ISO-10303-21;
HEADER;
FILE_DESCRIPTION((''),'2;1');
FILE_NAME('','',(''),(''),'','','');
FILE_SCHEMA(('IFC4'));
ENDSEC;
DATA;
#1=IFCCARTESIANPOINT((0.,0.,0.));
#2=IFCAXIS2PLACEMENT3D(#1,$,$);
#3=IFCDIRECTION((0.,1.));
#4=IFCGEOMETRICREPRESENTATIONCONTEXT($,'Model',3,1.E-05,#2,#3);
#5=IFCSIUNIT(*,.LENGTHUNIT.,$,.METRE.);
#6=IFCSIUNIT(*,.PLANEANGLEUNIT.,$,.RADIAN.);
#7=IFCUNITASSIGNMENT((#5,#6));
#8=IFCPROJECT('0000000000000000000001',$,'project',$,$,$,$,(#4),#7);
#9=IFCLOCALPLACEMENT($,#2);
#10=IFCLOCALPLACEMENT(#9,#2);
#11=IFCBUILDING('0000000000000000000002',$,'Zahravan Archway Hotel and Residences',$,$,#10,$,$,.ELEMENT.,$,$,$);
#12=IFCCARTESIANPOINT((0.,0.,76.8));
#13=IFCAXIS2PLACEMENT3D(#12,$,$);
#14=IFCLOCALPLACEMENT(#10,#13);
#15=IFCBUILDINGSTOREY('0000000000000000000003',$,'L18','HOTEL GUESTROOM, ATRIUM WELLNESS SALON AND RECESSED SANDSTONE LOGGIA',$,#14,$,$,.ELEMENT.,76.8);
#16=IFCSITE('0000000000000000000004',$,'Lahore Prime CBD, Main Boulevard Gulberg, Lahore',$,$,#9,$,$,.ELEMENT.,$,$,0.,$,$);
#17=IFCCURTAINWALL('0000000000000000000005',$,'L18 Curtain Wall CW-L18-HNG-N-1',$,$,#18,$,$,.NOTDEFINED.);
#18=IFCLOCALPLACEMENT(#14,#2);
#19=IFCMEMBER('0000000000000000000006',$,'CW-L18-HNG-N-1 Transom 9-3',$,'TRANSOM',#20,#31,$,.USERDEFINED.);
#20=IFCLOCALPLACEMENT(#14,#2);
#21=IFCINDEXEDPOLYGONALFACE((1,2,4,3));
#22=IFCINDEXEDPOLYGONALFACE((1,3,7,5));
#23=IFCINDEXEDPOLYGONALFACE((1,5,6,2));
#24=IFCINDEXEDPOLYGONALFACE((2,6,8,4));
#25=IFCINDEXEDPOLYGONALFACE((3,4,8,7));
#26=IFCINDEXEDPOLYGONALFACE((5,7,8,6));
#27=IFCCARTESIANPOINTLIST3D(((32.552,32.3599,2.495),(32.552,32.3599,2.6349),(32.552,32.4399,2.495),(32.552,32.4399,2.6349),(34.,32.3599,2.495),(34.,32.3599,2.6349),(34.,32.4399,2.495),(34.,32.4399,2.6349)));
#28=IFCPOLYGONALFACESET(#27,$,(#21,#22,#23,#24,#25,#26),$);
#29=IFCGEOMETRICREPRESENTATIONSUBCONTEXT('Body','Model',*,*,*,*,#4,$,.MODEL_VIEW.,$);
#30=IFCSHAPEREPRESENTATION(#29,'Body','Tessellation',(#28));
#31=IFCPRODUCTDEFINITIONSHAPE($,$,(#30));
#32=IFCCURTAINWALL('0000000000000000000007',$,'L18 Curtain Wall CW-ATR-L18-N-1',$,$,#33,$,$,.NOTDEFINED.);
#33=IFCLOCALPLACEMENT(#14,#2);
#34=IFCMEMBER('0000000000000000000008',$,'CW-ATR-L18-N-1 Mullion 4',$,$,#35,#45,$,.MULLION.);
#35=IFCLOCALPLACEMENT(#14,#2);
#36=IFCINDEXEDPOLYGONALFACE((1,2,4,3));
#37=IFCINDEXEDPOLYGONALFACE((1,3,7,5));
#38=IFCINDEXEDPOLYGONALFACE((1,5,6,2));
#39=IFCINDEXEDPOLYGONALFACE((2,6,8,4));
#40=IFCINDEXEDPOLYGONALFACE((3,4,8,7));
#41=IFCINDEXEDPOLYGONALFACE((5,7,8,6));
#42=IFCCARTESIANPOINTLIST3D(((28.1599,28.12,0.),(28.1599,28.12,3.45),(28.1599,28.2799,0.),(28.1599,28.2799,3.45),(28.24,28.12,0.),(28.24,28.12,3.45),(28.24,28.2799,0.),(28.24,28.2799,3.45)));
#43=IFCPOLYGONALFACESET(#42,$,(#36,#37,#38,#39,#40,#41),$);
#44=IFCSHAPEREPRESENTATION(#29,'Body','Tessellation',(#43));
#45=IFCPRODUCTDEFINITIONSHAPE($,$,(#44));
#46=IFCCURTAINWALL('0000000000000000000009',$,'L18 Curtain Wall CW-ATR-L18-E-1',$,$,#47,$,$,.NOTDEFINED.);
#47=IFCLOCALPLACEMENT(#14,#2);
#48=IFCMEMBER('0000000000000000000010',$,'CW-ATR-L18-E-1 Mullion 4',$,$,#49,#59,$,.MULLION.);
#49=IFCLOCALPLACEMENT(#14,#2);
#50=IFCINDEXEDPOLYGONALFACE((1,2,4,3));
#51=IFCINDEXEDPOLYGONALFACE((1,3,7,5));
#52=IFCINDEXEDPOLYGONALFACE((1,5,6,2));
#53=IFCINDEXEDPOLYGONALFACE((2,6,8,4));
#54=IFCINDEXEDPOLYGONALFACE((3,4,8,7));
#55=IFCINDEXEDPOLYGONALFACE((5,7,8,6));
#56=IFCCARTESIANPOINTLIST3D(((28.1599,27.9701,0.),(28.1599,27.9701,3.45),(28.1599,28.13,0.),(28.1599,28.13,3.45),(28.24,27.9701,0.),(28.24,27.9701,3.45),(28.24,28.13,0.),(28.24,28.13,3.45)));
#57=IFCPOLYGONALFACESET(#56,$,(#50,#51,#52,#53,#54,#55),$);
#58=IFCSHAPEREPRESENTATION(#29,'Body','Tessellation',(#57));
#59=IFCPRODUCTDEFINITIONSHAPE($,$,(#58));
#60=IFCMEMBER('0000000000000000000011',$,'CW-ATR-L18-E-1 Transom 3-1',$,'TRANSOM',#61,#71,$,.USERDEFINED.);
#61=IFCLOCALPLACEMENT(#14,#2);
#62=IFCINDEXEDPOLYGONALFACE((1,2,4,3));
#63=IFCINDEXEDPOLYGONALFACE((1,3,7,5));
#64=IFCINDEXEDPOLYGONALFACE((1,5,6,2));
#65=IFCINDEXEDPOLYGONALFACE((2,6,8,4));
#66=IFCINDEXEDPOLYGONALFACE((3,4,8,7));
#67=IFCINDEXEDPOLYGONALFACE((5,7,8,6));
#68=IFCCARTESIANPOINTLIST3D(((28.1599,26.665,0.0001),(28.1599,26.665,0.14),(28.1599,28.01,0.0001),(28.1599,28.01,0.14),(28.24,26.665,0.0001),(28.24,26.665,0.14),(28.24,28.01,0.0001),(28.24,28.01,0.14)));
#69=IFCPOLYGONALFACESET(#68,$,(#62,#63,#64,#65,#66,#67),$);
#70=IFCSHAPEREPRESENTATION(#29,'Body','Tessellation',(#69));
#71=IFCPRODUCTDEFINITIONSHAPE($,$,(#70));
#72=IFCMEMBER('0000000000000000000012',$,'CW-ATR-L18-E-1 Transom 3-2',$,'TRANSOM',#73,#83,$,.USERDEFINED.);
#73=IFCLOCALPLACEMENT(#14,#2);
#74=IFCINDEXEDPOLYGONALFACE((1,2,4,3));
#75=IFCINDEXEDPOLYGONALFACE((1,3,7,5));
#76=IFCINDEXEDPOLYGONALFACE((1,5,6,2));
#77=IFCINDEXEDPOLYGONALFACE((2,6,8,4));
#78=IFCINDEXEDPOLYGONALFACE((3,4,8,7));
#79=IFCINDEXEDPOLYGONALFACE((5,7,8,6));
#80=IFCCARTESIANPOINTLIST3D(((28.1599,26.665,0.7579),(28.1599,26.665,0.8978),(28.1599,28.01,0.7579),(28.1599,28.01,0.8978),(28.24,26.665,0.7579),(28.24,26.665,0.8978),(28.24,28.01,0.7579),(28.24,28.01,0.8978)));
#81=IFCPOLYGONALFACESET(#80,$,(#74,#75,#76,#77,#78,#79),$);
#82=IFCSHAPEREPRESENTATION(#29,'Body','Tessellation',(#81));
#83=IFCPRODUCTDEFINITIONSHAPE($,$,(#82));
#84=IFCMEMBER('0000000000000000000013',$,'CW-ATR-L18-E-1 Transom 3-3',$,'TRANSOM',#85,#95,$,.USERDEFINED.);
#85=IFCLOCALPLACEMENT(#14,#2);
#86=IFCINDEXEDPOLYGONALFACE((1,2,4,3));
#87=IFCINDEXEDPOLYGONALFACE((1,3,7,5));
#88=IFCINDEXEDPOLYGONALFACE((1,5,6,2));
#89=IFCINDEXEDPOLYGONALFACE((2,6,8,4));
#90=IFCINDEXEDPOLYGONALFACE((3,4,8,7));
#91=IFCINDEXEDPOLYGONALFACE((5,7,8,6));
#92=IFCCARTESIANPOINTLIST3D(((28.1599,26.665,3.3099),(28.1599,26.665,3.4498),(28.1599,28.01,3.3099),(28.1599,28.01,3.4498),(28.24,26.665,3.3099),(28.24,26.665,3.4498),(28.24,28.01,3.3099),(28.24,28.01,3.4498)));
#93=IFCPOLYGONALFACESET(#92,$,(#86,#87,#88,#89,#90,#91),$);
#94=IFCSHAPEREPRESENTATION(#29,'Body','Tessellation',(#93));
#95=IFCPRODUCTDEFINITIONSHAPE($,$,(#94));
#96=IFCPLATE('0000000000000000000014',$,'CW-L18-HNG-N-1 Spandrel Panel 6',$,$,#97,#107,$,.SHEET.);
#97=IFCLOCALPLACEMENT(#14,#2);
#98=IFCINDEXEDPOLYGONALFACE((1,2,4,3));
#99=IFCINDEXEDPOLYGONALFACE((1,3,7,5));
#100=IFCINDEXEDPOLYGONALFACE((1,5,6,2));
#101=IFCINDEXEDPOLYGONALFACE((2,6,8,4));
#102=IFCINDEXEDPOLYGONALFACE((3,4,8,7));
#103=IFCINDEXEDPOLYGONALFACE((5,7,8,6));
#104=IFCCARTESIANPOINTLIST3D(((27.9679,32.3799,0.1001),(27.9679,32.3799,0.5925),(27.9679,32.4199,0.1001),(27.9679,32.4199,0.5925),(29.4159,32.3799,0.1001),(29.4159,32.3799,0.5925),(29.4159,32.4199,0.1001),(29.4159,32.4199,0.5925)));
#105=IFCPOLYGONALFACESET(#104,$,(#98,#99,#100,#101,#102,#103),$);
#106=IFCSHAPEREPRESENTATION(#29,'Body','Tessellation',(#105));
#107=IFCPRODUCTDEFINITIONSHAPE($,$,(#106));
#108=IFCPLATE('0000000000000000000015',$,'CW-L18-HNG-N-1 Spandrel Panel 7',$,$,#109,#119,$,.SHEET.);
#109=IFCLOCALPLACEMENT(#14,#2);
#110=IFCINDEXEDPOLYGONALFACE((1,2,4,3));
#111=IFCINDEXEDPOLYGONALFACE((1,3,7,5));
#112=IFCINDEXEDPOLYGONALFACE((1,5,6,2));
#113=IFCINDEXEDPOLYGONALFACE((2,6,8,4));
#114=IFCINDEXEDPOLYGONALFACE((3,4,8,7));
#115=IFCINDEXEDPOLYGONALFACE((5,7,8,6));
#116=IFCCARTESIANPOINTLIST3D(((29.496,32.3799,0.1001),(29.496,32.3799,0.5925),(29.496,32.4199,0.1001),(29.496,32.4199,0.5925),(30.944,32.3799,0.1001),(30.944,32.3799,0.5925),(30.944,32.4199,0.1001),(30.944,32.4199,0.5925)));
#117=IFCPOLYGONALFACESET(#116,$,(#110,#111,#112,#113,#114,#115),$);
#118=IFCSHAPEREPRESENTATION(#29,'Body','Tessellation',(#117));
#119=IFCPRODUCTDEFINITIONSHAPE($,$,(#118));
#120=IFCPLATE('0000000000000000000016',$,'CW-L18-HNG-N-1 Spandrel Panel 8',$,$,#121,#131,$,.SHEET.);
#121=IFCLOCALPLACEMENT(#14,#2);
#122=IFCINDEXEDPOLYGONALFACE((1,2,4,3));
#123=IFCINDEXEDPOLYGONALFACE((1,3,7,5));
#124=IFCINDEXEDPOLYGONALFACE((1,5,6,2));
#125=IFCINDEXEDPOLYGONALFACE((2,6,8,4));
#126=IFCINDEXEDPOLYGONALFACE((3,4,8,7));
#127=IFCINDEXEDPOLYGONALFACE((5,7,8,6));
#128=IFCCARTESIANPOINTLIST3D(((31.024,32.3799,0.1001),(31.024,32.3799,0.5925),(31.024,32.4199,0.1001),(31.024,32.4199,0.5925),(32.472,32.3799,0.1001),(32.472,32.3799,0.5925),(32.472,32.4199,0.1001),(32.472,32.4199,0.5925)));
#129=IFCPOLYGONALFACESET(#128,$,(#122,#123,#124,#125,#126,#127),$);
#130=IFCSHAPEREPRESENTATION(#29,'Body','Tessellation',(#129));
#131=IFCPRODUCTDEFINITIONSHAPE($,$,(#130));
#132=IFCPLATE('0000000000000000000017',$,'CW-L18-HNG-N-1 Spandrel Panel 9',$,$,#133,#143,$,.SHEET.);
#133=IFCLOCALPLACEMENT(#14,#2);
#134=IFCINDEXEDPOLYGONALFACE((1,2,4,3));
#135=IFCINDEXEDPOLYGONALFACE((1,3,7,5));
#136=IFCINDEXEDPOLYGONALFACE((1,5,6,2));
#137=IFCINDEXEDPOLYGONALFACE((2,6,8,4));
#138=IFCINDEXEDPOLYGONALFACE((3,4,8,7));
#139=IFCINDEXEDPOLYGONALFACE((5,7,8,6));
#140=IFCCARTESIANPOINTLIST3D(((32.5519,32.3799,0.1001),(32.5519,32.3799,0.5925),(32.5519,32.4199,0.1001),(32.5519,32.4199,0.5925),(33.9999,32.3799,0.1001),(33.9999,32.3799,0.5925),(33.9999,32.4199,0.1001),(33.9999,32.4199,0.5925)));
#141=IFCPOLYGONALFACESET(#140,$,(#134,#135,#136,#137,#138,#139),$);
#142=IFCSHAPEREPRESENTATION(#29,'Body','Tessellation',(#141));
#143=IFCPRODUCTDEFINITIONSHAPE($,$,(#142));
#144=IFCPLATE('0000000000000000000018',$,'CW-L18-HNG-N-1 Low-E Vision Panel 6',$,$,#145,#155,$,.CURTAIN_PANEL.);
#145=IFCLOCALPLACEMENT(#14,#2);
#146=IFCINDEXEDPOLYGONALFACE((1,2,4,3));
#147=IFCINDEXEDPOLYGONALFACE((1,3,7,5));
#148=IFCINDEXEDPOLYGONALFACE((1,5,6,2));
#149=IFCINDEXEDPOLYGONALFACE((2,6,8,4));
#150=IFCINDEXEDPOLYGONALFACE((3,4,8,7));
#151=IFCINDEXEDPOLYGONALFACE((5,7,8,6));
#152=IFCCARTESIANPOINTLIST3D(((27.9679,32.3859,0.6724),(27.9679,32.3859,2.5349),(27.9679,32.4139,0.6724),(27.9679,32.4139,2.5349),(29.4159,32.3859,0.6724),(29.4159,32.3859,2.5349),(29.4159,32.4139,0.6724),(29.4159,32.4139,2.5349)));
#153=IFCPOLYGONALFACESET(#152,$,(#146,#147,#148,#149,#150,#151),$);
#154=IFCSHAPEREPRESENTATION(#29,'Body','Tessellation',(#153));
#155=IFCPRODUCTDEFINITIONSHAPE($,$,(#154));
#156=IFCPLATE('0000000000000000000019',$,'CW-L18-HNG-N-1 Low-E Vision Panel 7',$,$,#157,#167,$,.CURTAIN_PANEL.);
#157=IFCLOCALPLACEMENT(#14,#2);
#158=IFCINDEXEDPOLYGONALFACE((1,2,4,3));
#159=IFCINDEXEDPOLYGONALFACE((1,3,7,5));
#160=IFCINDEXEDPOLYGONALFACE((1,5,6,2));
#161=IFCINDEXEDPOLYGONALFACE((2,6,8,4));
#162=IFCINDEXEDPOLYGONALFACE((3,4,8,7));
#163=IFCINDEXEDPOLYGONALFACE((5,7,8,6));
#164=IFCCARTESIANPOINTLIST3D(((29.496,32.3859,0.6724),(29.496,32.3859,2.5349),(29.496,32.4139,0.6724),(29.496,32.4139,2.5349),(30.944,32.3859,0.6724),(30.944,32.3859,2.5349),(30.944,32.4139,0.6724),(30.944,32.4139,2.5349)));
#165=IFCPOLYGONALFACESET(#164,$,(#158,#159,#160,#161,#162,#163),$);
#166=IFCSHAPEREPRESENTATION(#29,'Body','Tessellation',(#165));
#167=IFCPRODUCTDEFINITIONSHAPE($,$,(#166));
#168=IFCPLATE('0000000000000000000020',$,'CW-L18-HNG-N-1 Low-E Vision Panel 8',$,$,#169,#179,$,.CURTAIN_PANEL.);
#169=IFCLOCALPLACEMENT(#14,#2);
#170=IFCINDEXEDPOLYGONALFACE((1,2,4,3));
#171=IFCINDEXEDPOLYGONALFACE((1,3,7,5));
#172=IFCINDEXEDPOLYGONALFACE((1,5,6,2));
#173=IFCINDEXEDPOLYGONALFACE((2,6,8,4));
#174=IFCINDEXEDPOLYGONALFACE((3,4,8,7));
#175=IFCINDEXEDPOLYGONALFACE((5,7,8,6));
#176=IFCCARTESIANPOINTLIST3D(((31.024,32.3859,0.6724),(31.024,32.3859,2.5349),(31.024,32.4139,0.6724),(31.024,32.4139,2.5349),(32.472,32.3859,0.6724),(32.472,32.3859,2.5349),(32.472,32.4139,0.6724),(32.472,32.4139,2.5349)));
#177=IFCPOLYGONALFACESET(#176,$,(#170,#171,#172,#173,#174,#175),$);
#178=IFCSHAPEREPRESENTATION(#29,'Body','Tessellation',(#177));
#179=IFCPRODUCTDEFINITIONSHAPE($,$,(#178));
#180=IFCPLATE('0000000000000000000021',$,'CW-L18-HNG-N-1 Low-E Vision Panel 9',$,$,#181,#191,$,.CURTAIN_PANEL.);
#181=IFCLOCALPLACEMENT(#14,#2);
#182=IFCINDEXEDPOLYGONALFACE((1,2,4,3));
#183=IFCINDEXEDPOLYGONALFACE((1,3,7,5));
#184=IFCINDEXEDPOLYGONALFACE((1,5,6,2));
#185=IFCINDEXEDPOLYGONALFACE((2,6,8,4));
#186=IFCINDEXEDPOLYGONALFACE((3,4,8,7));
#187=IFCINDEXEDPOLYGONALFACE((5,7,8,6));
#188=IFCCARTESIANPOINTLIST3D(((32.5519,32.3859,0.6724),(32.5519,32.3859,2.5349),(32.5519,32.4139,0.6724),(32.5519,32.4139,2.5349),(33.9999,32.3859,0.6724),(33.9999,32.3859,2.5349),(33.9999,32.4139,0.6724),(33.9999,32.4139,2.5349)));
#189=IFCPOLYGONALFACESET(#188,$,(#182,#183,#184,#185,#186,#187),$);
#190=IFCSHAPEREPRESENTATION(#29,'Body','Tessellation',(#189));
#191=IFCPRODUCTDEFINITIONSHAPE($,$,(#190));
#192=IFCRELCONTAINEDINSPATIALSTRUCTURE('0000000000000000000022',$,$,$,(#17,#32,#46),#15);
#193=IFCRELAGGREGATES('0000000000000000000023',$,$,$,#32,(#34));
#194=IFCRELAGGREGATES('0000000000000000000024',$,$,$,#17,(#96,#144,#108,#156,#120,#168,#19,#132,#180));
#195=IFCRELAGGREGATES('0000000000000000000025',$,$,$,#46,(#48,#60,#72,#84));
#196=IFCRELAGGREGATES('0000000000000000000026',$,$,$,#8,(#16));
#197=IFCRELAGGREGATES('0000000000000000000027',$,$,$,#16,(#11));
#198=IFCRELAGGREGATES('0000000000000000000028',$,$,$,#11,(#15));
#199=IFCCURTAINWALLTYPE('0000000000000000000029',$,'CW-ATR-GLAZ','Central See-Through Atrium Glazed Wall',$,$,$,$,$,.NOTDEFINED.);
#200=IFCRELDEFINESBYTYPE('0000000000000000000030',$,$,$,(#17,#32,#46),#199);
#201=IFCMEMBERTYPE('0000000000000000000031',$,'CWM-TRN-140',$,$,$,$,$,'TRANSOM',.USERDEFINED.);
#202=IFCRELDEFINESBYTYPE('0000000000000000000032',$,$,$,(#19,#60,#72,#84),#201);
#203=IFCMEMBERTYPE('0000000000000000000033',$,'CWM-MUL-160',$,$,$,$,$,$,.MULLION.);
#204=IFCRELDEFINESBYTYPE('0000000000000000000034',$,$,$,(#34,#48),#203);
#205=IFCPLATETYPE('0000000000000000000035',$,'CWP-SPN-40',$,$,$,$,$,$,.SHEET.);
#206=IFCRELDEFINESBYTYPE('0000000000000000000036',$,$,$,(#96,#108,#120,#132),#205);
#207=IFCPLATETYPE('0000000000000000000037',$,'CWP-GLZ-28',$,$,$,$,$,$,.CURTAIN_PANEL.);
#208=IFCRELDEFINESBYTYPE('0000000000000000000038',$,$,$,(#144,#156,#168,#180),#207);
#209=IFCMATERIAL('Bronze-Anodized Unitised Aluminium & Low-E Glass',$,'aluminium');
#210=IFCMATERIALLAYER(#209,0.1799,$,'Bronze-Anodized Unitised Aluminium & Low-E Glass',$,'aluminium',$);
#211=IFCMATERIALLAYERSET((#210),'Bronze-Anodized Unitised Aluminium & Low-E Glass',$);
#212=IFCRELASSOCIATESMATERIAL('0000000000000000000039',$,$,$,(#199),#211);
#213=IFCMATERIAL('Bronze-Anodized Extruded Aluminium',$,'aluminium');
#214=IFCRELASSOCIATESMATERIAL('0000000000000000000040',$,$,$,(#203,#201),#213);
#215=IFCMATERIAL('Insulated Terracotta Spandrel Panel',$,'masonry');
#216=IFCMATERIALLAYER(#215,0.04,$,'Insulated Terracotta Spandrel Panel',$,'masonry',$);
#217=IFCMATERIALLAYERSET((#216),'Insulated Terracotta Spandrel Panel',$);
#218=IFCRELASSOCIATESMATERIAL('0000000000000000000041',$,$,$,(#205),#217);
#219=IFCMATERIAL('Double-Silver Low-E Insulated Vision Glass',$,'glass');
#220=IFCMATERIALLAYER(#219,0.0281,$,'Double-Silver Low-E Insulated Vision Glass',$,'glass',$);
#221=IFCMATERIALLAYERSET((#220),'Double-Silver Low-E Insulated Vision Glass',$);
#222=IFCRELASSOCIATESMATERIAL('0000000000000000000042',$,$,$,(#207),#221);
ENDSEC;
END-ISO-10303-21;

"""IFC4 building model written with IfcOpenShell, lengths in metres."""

from ifc_helpers import new_model, si_unit, direction, frame, origin, origin_2d, place, context, subcontext, project, spatial, rectangle, extrude, source, transform, mapped, material, layer, layer_set, material_profile, profile_set, type_object, element, aggregate, save


model = new_model("IFC4")

# Units and contexts
model_context = context("Model", 3, precision=1e-05, world=origin(), true_north=direction((0.0, 1.0)))
body_context = subcontext(model_context, "Body", "Model", "MODEL_VIEW")
ifc_project = project(units=[si_unit("LENGTHUNIT", "METRE"), si_unit("PLANEANGLEUNIT", "RADIAN")], contexts=[model_context])

# Site, building, storey
site_placement = place(None, origin())
site = spatial("IfcSite", under=ifc_project, at=site_placement, Name="Lahore Prime CBD, Main Boulevard Gulberg, Lahore", CompositionType="ELEMENT", RefElevation=0.0)
building_placement = place(site_placement, origin())
building = spatial("IfcBuilding", under=site, at=building_placement, Name="Zahravan Archway Hotel and Residences", CompositionType="ELEMENT")
storey_placement = place(building_placement, frame((0.0, 0.0, 76.8)))
storey = spatial("IfcBuildingStorey", under=building, at=storey_placement, Name="L18", Description="HOTEL GUESTROOM, ATRIUM WELLNESS SALON AND RECESSED SANDSTONE LOGGIA", CompositionType="ELEMENT", Elevation=76.8)

# Curtain wall, member
ifc_material_1 = material(Name="Bronze-Anodized Unitised Aluminium & Low-E Glass", Category="aluminium")
ifc_layer_1 = layer(ifc_material_1, 0.1799, Name="Bronze-Anodized Unitised Aluminium & Low-E Glass", Category="aluminium")
ifc_layer_set_1 = layer_set([ifc_layer_1], Name="Bronze-Anodized Unitised Aluminium & Low-E Glass")
curtain_wall_type = type_object("IfcCurtainWallType", Name="CW-ATR-GLAZ", Description="Central See-Through Atrium Glazed Wall", PredefinedType="NOTDEFINED", material=ifc_layer_set_1)
curtain_wall_1_placement = place(storey_placement, origin())
curtain_wall_1 = element("IfcCurtainWall", 1, at=curtain_wall_1_placement, inside=storey, type_object=curtain_wall_type, Name="L18 Curtain Wall CW-L18-HNG-N-1", PredefinedType="NOTDEFINED")
ifc_material_2 = material(Name="Bronze-Anodized Extruded Aluminium", Category="aluminium")
ifc_material_profile_1 = material_profile(ifc_material_2, rectangle(XDim=0.0801, YDim=0.1599, at=origin_2d()), Name="MUL 80x160", Category="aluminium")
ifc_profile_set_1 = profile_set([ifc_material_profile_1], Name="Bronze-Anodized Extruded Aluminium")
member_type_1 = type_object("IfcMemberType", Name="CWM-MUL-160", PredefinedType="MULLION", material=ifc_profile_set_1)
ifc_material_profile_2 = material_profile(ifc_material_2, rectangle(XDim=0.0801, YDim=0.1399, at=origin_2d()), Name="TRN 80x140", Category="aluminium")
ifc_profile_set_2 = profile_set([ifc_material_profile_2], Name="Bronze-Anodized Extruded Aluminium")
member_type_2 = type_object("IfcMemberType", Name="CWM-TRN-140", ElementType="TRANSOM", PredefinedType="USERDEFINED", material=ifc_profile_set_2)
shared_shape_1 = source(origin(), body_context, "Body", "SweptSolid", [
    extrude(rectangle(XDim=0.0801, YDim=0.1399, at=origin_2d()), origin(), (0.0, 0.0, 1.0), 1.448),
])
member_1_placement = place(storey_placement, frame((32.552, 32.3999, 2.5649), z_axis=(1.0, 0.0, 0.0), x_axis=(0.0, 1.0, 0.0)))
member_1 = element("IfcMember", 2, at=member_1_placement, type_object=member_type_2, Name="CW-L18-HNG-N-1 Transom 9-3", ObjectType="TRANSOM", PredefinedType="USERDEFINED", context=body_context, shape_type="MappedRepresentation", body=[
    mapped(shared_shape_1, transform((0.0, 0.0, 0.0), scale=1.0)),
])

# Curtain wall, member
curtain_wall_2_placement = place(storey_placement, origin())
curtain_wall_2 = element("IfcCurtainWall", 3, at=curtain_wall_2_placement, inside=storey, type_object=curtain_wall_type, Name="L18 Curtain Wall CW-ATR-L18-N-1", PredefinedType="NOTDEFINED")
shared_shape_2 = source(origin(), body_context, "Body", "SweptSolid", [
    extrude(rectangle(XDim=0.0801, YDim=0.1599, at=origin_2d()), origin(), (0.0, 0.0, 1.0), 3.45),
])
member_2_placement = place(storey_placement, frame((28.2, 28.2, 0.0), z_axis=(0.0, 0.0, 1.0), x_axis=(1.0, 0.0, 0.0)))
member_2 = element("IfcMember", 4, at=member_2_placement, type_object=member_type_1, Name="CW-ATR-L18-N-1 Mullion 4", PredefinedType="MULLION", context=body_context, shape_type="MappedRepresentation", body=[
    mapped(shared_shape_2, transform((0.0, 0.0, 0.0), scale=1.0)),
])
aggregate(curtain_wall_2, [member_2])

# Curtain wall, members
curtain_wall_3_placement = place(storey_placement, origin())
curtain_wall_3 = element("IfcCurtainWall", 5, at=curtain_wall_3_placement, inside=storey, type_object=curtain_wall_type, Name="L18 Curtain Wall CW-ATR-L18-E-1", PredefinedType="NOTDEFINED")
member_3_placement = place(storey_placement, frame((28.2, 28.05, 0.0), z_axis=(0.0, 0.0, 1.0), x_axis=(1.0, 0.0, 0.0)))
member_3 = element("IfcMember", 6, at=member_3_placement, type_object=member_type_1, Name="CW-ATR-L18-E-1 Mullion 4", PredefinedType="MULLION", context=body_context, shape_type="MappedRepresentation", body=[
    mapped(shared_shape_2, transform((0.0, 0.0, 0.0), scale=1.0)),
])
shared_shape_3 = source(origin(), body_context, "Body", "SweptSolid", [
    extrude(rectangle(XDim=0.0801, YDim=0.1399, at=origin_2d()), origin(), (0.0, 0.0, 1.0), 1.345),
])
member_4_placement = place(storey_placement, frame((28.2, 26.665, 0.0701), z_axis=(0.0, 1.0, 0.0), x_axis=(-1.0, 0.0, 0.0)))
member_4 = element("IfcMember", 7, at=member_4_placement, type_object=member_type_2, Name="CW-ATR-L18-E-1 Transom 3-1", ObjectType="TRANSOM", PredefinedType="USERDEFINED", context=body_context, shape_type="MappedRepresentation", body=[
    mapped(shared_shape_3, transform((0.0, 0.0, 0.0), scale=1.0)),
])
member_5_placement = place(storey_placement, frame((28.2, 26.665, 0.8279), z_axis=(0.0, 1.0, 0.0), x_axis=(-1.0, 0.0, 0.0)))
member_5 = element("IfcMember", 8, at=member_5_placement, type_object=member_type_2, Name="CW-ATR-L18-E-1 Transom 3-2", ObjectType="TRANSOM", PredefinedType="USERDEFINED", context=body_context, shape_type="MappedRepresentation", body=[
    mapped(shared_shape_3, transform((0.0, 0.0, 0.0), scale=1.0)),
])
member_6_placement = place(storey_placement, frame((28.2, 26.665, 3.3799), z_axis=(0.0, 1.0, 0.0), x_axis=(-1.0, 0.0, 0.0)))
member_6 = element("IfcMember", 9, at=member_6_placement, type_object=member_type_2, Name="CW-ATR-L18-E-1 Transom 3-3", ObjectType="TRANSOM", PredefinedType="USERDEFINED", context=body_context, shape_type="MappedRepresentation", body=[
    mapped(shared_shape_3, transform((0.0, 0.0, 0.0), scale=1.0)),
])

# Plates
ifc_material_3 = material(Name="Insulated Terracotta Spandrel Panel", Category="masonry")
ifc_layer_2 = layer(ifc_material_3, 0.04, Name="Insulated Terracotta Spandrel Panel", Category="masonry")
ifc_layer_set_2 = layer_set([ifc_layer_2], Name="Insulated Terracotta Spandrel Panel")
plate_type_1 = type_object("IfcPlateType", Name="CWP-SPN-40", PredefinedType="SHEET", material=ifc_layer_set_2)
shared_shape_4 = source(origin(), body_context, "Body", "SweptSolid", [
    extrude(rectangle(XDim=1.448, YDim=0.04, at=origin_2d()), origin(), (0.0, 0.0, 1.0), 0.4924),
])
plate_1_placement = place(storey_placement, frame((28.6919, 32.3999, 0.1001), z_axis=(0.0, 0.0, 1.0), x_axis=(1.0, 0.0, 0.0)))
plate_1 = element("IfcPlate", 10, at=plate_1_placement, type_object=plate_type_1, Name="CW-L18-HNG-N-1 Spandrel Panel 6", PredefinedType="SHEET", context=body_context, shape_type="MappedRepresentation", body=[
    mapped(shared_shape_4, transform((0.0, 0.0, 0.0), scale=1.0)),
])
plate_2_placement = place(storey_placement, frame((30.22, 32.3999, 0.1001), z_axis=(0.0, 0.0, 1.0), x_axis=(1.0, 0.0, 0.0)))
plate_2 = element("IfcPlate", 11, at=plate_2_placement, type_object=plate_type_1, Name="CW-L18-HNG-N-1 Spandrel Panel 7", PredefinedType="SHEET", context=body_context, shape_type="MappedRepresentation", body=[
    mapped(shared_shape_4, transform((0.0, 0.0, 0.0), scale=1.0)),
])
plate_3_placement = place(storey_placement, frame((31.748, 32.3999, 0.1001), z_axis=(0.0, 0.0, 1.0), x_axis=(1.0, 0.0, 0.0)))
plate_3 = element("IfcPlate", 12, at=plate_3_placement, type_object=plate_type_1, Name="CW-L18-HNG-N-1 Spandrel Panel 8", PredefinedType="SHEET", context=body_context, shape_type="MappedRepresentation", body=[
    mapped(shared_shape_4, transform((0.0, 0.0, 0.0), scale=1.0)),
])
plate_4_placement = place(storey_placement, frame((33.2759, 32.3999, 0.1001), z_axis=(0.0, 0.0, 1.0), x_axis=(1.0, 0.0, 0.0)))
plate_4 = element("IfcPlate", 13, at=plate_4_placement, type_object=plate_type_1, Name="CW-L18-HNG-N-1 Spandrel Panel 9", PredefinedType="SHEET", context=body_context, shape_type="MappedRepresentation", body=[
    mapped(shared_shape_4, transform((0.0, 0.0, 0.0), scale=1.0)),
])
ifc_material_4 = material(Name="Double-Silver Low-E Insulated Vision Glass", Category="glass")
ifc_layer_3 = layer(ifc_material_4, 0.0281, Name="Double-Silver Low-E Insulated Vision Glass", Category="glass")
ifc_layer_set_3 = layer_set([ifc_layer_3], Name="Double-Silver Low-E Insulated Vision Glass")
plate_type_2 = type_object("IfcPlateType", Name="CWP-GLZ-28", PredefinedType="CURTAIN_PANEL", material=ifc_layer_set_3)
shared_shape_5 = source(origin(), body_context, "Body", "SweptSolid", [
    extrude(rectangle(XDim=1.448, YDim=0.0281, at=origin_2d()), origin(), (0.0, 0.0, 1.0), 1.8625),
])
plate_5_placement = place(storey_placement, frame((28.6919, 32.3999, 0.6724), z_axis=(0.0, 0.0, 1.0), x_axis=(1.0, 0.0, 0.0)))
plate_5 = element("IfcPlate", 14, at=plate_5_placement, type_object=plate_type_2, Name="CW-L18-HNG-N-1 Low-E Vision Panel 6", PredefinedType="CURTAIN_PANEL", context=body_context, shape_type="MappedRepresentation", body=[
    mapped(shared_shape_5, transform((0.0, 0.0, 0.0), scale=1.0)),
])
plate_6_placement = place(storey_placement, frame((30.22, 32.3999, 0.6724), z_axis=(0.0, 0.0, 1.0), x_axis=(1.0, 0.0, 0.0)))
plate_6 = element("IfcPlate", 15, at=plate_6_placement, type_object=plate_type_2, Name="CW-L18-HNG-N-1 Low-E Vision Panel 7", PredefinedType="CURTAIN_PANEL", context=body_context, shape_type="MappedRepresentation", body=[
    mapped(shared_shape_5, transform((0.0, 0.0, 0.0), scale=1.0)),
])
plate_7_placement = place(storey_placement, frame((31.748, 32.3999, 0.6724), z_axis=(0.0, 0.0, 1.0), x_axis=(1.0, 0.0, 0.0)))
plate_7 = element("IfcPlate", 16, at=plate_7_placement, type_object=plate_type_2, Name="CW-L18-HNG-N-1 Low-E Vision Panel 8", PredefinedType="CURTAIN_PANEL", context=body_context, shape_type="MappedRepresentation", body=[
    mapped(shared_shape_5, transform((0.0, 0.0, 0.0), scale=1.0)),
])
plate_8_placement = place(storey_placement, frame((33.2759, 32.3999, 0.6724), z_axis=(0.0, 0.0, 1.0), x_axis=(1.0, 0.0, 0.0)))
plate_8 = element("IfcPlate", 17, at=plate_8_placement, type_object=plate_type_2, Name="CW-L18-HNG-N-1 Low-E Vision Panel 9", PredefinedType="CURTAIN_PANEL", context=body_context, shape_type="MappedRepresentation", body=[
    mapped(shared_shape_5, transform((0.0, 0.0, 0.0), scale=1.0)),
])
aggregate(curtain_wall_1, [plate_1, plate_5, plate_2, plate_6, plate_3, plate_7, member_1, plate_4, plate_8])
aggregate(curtain_wall_3, [member_3, member_4, member_5, member_6])

save(model, "model.ifc")
